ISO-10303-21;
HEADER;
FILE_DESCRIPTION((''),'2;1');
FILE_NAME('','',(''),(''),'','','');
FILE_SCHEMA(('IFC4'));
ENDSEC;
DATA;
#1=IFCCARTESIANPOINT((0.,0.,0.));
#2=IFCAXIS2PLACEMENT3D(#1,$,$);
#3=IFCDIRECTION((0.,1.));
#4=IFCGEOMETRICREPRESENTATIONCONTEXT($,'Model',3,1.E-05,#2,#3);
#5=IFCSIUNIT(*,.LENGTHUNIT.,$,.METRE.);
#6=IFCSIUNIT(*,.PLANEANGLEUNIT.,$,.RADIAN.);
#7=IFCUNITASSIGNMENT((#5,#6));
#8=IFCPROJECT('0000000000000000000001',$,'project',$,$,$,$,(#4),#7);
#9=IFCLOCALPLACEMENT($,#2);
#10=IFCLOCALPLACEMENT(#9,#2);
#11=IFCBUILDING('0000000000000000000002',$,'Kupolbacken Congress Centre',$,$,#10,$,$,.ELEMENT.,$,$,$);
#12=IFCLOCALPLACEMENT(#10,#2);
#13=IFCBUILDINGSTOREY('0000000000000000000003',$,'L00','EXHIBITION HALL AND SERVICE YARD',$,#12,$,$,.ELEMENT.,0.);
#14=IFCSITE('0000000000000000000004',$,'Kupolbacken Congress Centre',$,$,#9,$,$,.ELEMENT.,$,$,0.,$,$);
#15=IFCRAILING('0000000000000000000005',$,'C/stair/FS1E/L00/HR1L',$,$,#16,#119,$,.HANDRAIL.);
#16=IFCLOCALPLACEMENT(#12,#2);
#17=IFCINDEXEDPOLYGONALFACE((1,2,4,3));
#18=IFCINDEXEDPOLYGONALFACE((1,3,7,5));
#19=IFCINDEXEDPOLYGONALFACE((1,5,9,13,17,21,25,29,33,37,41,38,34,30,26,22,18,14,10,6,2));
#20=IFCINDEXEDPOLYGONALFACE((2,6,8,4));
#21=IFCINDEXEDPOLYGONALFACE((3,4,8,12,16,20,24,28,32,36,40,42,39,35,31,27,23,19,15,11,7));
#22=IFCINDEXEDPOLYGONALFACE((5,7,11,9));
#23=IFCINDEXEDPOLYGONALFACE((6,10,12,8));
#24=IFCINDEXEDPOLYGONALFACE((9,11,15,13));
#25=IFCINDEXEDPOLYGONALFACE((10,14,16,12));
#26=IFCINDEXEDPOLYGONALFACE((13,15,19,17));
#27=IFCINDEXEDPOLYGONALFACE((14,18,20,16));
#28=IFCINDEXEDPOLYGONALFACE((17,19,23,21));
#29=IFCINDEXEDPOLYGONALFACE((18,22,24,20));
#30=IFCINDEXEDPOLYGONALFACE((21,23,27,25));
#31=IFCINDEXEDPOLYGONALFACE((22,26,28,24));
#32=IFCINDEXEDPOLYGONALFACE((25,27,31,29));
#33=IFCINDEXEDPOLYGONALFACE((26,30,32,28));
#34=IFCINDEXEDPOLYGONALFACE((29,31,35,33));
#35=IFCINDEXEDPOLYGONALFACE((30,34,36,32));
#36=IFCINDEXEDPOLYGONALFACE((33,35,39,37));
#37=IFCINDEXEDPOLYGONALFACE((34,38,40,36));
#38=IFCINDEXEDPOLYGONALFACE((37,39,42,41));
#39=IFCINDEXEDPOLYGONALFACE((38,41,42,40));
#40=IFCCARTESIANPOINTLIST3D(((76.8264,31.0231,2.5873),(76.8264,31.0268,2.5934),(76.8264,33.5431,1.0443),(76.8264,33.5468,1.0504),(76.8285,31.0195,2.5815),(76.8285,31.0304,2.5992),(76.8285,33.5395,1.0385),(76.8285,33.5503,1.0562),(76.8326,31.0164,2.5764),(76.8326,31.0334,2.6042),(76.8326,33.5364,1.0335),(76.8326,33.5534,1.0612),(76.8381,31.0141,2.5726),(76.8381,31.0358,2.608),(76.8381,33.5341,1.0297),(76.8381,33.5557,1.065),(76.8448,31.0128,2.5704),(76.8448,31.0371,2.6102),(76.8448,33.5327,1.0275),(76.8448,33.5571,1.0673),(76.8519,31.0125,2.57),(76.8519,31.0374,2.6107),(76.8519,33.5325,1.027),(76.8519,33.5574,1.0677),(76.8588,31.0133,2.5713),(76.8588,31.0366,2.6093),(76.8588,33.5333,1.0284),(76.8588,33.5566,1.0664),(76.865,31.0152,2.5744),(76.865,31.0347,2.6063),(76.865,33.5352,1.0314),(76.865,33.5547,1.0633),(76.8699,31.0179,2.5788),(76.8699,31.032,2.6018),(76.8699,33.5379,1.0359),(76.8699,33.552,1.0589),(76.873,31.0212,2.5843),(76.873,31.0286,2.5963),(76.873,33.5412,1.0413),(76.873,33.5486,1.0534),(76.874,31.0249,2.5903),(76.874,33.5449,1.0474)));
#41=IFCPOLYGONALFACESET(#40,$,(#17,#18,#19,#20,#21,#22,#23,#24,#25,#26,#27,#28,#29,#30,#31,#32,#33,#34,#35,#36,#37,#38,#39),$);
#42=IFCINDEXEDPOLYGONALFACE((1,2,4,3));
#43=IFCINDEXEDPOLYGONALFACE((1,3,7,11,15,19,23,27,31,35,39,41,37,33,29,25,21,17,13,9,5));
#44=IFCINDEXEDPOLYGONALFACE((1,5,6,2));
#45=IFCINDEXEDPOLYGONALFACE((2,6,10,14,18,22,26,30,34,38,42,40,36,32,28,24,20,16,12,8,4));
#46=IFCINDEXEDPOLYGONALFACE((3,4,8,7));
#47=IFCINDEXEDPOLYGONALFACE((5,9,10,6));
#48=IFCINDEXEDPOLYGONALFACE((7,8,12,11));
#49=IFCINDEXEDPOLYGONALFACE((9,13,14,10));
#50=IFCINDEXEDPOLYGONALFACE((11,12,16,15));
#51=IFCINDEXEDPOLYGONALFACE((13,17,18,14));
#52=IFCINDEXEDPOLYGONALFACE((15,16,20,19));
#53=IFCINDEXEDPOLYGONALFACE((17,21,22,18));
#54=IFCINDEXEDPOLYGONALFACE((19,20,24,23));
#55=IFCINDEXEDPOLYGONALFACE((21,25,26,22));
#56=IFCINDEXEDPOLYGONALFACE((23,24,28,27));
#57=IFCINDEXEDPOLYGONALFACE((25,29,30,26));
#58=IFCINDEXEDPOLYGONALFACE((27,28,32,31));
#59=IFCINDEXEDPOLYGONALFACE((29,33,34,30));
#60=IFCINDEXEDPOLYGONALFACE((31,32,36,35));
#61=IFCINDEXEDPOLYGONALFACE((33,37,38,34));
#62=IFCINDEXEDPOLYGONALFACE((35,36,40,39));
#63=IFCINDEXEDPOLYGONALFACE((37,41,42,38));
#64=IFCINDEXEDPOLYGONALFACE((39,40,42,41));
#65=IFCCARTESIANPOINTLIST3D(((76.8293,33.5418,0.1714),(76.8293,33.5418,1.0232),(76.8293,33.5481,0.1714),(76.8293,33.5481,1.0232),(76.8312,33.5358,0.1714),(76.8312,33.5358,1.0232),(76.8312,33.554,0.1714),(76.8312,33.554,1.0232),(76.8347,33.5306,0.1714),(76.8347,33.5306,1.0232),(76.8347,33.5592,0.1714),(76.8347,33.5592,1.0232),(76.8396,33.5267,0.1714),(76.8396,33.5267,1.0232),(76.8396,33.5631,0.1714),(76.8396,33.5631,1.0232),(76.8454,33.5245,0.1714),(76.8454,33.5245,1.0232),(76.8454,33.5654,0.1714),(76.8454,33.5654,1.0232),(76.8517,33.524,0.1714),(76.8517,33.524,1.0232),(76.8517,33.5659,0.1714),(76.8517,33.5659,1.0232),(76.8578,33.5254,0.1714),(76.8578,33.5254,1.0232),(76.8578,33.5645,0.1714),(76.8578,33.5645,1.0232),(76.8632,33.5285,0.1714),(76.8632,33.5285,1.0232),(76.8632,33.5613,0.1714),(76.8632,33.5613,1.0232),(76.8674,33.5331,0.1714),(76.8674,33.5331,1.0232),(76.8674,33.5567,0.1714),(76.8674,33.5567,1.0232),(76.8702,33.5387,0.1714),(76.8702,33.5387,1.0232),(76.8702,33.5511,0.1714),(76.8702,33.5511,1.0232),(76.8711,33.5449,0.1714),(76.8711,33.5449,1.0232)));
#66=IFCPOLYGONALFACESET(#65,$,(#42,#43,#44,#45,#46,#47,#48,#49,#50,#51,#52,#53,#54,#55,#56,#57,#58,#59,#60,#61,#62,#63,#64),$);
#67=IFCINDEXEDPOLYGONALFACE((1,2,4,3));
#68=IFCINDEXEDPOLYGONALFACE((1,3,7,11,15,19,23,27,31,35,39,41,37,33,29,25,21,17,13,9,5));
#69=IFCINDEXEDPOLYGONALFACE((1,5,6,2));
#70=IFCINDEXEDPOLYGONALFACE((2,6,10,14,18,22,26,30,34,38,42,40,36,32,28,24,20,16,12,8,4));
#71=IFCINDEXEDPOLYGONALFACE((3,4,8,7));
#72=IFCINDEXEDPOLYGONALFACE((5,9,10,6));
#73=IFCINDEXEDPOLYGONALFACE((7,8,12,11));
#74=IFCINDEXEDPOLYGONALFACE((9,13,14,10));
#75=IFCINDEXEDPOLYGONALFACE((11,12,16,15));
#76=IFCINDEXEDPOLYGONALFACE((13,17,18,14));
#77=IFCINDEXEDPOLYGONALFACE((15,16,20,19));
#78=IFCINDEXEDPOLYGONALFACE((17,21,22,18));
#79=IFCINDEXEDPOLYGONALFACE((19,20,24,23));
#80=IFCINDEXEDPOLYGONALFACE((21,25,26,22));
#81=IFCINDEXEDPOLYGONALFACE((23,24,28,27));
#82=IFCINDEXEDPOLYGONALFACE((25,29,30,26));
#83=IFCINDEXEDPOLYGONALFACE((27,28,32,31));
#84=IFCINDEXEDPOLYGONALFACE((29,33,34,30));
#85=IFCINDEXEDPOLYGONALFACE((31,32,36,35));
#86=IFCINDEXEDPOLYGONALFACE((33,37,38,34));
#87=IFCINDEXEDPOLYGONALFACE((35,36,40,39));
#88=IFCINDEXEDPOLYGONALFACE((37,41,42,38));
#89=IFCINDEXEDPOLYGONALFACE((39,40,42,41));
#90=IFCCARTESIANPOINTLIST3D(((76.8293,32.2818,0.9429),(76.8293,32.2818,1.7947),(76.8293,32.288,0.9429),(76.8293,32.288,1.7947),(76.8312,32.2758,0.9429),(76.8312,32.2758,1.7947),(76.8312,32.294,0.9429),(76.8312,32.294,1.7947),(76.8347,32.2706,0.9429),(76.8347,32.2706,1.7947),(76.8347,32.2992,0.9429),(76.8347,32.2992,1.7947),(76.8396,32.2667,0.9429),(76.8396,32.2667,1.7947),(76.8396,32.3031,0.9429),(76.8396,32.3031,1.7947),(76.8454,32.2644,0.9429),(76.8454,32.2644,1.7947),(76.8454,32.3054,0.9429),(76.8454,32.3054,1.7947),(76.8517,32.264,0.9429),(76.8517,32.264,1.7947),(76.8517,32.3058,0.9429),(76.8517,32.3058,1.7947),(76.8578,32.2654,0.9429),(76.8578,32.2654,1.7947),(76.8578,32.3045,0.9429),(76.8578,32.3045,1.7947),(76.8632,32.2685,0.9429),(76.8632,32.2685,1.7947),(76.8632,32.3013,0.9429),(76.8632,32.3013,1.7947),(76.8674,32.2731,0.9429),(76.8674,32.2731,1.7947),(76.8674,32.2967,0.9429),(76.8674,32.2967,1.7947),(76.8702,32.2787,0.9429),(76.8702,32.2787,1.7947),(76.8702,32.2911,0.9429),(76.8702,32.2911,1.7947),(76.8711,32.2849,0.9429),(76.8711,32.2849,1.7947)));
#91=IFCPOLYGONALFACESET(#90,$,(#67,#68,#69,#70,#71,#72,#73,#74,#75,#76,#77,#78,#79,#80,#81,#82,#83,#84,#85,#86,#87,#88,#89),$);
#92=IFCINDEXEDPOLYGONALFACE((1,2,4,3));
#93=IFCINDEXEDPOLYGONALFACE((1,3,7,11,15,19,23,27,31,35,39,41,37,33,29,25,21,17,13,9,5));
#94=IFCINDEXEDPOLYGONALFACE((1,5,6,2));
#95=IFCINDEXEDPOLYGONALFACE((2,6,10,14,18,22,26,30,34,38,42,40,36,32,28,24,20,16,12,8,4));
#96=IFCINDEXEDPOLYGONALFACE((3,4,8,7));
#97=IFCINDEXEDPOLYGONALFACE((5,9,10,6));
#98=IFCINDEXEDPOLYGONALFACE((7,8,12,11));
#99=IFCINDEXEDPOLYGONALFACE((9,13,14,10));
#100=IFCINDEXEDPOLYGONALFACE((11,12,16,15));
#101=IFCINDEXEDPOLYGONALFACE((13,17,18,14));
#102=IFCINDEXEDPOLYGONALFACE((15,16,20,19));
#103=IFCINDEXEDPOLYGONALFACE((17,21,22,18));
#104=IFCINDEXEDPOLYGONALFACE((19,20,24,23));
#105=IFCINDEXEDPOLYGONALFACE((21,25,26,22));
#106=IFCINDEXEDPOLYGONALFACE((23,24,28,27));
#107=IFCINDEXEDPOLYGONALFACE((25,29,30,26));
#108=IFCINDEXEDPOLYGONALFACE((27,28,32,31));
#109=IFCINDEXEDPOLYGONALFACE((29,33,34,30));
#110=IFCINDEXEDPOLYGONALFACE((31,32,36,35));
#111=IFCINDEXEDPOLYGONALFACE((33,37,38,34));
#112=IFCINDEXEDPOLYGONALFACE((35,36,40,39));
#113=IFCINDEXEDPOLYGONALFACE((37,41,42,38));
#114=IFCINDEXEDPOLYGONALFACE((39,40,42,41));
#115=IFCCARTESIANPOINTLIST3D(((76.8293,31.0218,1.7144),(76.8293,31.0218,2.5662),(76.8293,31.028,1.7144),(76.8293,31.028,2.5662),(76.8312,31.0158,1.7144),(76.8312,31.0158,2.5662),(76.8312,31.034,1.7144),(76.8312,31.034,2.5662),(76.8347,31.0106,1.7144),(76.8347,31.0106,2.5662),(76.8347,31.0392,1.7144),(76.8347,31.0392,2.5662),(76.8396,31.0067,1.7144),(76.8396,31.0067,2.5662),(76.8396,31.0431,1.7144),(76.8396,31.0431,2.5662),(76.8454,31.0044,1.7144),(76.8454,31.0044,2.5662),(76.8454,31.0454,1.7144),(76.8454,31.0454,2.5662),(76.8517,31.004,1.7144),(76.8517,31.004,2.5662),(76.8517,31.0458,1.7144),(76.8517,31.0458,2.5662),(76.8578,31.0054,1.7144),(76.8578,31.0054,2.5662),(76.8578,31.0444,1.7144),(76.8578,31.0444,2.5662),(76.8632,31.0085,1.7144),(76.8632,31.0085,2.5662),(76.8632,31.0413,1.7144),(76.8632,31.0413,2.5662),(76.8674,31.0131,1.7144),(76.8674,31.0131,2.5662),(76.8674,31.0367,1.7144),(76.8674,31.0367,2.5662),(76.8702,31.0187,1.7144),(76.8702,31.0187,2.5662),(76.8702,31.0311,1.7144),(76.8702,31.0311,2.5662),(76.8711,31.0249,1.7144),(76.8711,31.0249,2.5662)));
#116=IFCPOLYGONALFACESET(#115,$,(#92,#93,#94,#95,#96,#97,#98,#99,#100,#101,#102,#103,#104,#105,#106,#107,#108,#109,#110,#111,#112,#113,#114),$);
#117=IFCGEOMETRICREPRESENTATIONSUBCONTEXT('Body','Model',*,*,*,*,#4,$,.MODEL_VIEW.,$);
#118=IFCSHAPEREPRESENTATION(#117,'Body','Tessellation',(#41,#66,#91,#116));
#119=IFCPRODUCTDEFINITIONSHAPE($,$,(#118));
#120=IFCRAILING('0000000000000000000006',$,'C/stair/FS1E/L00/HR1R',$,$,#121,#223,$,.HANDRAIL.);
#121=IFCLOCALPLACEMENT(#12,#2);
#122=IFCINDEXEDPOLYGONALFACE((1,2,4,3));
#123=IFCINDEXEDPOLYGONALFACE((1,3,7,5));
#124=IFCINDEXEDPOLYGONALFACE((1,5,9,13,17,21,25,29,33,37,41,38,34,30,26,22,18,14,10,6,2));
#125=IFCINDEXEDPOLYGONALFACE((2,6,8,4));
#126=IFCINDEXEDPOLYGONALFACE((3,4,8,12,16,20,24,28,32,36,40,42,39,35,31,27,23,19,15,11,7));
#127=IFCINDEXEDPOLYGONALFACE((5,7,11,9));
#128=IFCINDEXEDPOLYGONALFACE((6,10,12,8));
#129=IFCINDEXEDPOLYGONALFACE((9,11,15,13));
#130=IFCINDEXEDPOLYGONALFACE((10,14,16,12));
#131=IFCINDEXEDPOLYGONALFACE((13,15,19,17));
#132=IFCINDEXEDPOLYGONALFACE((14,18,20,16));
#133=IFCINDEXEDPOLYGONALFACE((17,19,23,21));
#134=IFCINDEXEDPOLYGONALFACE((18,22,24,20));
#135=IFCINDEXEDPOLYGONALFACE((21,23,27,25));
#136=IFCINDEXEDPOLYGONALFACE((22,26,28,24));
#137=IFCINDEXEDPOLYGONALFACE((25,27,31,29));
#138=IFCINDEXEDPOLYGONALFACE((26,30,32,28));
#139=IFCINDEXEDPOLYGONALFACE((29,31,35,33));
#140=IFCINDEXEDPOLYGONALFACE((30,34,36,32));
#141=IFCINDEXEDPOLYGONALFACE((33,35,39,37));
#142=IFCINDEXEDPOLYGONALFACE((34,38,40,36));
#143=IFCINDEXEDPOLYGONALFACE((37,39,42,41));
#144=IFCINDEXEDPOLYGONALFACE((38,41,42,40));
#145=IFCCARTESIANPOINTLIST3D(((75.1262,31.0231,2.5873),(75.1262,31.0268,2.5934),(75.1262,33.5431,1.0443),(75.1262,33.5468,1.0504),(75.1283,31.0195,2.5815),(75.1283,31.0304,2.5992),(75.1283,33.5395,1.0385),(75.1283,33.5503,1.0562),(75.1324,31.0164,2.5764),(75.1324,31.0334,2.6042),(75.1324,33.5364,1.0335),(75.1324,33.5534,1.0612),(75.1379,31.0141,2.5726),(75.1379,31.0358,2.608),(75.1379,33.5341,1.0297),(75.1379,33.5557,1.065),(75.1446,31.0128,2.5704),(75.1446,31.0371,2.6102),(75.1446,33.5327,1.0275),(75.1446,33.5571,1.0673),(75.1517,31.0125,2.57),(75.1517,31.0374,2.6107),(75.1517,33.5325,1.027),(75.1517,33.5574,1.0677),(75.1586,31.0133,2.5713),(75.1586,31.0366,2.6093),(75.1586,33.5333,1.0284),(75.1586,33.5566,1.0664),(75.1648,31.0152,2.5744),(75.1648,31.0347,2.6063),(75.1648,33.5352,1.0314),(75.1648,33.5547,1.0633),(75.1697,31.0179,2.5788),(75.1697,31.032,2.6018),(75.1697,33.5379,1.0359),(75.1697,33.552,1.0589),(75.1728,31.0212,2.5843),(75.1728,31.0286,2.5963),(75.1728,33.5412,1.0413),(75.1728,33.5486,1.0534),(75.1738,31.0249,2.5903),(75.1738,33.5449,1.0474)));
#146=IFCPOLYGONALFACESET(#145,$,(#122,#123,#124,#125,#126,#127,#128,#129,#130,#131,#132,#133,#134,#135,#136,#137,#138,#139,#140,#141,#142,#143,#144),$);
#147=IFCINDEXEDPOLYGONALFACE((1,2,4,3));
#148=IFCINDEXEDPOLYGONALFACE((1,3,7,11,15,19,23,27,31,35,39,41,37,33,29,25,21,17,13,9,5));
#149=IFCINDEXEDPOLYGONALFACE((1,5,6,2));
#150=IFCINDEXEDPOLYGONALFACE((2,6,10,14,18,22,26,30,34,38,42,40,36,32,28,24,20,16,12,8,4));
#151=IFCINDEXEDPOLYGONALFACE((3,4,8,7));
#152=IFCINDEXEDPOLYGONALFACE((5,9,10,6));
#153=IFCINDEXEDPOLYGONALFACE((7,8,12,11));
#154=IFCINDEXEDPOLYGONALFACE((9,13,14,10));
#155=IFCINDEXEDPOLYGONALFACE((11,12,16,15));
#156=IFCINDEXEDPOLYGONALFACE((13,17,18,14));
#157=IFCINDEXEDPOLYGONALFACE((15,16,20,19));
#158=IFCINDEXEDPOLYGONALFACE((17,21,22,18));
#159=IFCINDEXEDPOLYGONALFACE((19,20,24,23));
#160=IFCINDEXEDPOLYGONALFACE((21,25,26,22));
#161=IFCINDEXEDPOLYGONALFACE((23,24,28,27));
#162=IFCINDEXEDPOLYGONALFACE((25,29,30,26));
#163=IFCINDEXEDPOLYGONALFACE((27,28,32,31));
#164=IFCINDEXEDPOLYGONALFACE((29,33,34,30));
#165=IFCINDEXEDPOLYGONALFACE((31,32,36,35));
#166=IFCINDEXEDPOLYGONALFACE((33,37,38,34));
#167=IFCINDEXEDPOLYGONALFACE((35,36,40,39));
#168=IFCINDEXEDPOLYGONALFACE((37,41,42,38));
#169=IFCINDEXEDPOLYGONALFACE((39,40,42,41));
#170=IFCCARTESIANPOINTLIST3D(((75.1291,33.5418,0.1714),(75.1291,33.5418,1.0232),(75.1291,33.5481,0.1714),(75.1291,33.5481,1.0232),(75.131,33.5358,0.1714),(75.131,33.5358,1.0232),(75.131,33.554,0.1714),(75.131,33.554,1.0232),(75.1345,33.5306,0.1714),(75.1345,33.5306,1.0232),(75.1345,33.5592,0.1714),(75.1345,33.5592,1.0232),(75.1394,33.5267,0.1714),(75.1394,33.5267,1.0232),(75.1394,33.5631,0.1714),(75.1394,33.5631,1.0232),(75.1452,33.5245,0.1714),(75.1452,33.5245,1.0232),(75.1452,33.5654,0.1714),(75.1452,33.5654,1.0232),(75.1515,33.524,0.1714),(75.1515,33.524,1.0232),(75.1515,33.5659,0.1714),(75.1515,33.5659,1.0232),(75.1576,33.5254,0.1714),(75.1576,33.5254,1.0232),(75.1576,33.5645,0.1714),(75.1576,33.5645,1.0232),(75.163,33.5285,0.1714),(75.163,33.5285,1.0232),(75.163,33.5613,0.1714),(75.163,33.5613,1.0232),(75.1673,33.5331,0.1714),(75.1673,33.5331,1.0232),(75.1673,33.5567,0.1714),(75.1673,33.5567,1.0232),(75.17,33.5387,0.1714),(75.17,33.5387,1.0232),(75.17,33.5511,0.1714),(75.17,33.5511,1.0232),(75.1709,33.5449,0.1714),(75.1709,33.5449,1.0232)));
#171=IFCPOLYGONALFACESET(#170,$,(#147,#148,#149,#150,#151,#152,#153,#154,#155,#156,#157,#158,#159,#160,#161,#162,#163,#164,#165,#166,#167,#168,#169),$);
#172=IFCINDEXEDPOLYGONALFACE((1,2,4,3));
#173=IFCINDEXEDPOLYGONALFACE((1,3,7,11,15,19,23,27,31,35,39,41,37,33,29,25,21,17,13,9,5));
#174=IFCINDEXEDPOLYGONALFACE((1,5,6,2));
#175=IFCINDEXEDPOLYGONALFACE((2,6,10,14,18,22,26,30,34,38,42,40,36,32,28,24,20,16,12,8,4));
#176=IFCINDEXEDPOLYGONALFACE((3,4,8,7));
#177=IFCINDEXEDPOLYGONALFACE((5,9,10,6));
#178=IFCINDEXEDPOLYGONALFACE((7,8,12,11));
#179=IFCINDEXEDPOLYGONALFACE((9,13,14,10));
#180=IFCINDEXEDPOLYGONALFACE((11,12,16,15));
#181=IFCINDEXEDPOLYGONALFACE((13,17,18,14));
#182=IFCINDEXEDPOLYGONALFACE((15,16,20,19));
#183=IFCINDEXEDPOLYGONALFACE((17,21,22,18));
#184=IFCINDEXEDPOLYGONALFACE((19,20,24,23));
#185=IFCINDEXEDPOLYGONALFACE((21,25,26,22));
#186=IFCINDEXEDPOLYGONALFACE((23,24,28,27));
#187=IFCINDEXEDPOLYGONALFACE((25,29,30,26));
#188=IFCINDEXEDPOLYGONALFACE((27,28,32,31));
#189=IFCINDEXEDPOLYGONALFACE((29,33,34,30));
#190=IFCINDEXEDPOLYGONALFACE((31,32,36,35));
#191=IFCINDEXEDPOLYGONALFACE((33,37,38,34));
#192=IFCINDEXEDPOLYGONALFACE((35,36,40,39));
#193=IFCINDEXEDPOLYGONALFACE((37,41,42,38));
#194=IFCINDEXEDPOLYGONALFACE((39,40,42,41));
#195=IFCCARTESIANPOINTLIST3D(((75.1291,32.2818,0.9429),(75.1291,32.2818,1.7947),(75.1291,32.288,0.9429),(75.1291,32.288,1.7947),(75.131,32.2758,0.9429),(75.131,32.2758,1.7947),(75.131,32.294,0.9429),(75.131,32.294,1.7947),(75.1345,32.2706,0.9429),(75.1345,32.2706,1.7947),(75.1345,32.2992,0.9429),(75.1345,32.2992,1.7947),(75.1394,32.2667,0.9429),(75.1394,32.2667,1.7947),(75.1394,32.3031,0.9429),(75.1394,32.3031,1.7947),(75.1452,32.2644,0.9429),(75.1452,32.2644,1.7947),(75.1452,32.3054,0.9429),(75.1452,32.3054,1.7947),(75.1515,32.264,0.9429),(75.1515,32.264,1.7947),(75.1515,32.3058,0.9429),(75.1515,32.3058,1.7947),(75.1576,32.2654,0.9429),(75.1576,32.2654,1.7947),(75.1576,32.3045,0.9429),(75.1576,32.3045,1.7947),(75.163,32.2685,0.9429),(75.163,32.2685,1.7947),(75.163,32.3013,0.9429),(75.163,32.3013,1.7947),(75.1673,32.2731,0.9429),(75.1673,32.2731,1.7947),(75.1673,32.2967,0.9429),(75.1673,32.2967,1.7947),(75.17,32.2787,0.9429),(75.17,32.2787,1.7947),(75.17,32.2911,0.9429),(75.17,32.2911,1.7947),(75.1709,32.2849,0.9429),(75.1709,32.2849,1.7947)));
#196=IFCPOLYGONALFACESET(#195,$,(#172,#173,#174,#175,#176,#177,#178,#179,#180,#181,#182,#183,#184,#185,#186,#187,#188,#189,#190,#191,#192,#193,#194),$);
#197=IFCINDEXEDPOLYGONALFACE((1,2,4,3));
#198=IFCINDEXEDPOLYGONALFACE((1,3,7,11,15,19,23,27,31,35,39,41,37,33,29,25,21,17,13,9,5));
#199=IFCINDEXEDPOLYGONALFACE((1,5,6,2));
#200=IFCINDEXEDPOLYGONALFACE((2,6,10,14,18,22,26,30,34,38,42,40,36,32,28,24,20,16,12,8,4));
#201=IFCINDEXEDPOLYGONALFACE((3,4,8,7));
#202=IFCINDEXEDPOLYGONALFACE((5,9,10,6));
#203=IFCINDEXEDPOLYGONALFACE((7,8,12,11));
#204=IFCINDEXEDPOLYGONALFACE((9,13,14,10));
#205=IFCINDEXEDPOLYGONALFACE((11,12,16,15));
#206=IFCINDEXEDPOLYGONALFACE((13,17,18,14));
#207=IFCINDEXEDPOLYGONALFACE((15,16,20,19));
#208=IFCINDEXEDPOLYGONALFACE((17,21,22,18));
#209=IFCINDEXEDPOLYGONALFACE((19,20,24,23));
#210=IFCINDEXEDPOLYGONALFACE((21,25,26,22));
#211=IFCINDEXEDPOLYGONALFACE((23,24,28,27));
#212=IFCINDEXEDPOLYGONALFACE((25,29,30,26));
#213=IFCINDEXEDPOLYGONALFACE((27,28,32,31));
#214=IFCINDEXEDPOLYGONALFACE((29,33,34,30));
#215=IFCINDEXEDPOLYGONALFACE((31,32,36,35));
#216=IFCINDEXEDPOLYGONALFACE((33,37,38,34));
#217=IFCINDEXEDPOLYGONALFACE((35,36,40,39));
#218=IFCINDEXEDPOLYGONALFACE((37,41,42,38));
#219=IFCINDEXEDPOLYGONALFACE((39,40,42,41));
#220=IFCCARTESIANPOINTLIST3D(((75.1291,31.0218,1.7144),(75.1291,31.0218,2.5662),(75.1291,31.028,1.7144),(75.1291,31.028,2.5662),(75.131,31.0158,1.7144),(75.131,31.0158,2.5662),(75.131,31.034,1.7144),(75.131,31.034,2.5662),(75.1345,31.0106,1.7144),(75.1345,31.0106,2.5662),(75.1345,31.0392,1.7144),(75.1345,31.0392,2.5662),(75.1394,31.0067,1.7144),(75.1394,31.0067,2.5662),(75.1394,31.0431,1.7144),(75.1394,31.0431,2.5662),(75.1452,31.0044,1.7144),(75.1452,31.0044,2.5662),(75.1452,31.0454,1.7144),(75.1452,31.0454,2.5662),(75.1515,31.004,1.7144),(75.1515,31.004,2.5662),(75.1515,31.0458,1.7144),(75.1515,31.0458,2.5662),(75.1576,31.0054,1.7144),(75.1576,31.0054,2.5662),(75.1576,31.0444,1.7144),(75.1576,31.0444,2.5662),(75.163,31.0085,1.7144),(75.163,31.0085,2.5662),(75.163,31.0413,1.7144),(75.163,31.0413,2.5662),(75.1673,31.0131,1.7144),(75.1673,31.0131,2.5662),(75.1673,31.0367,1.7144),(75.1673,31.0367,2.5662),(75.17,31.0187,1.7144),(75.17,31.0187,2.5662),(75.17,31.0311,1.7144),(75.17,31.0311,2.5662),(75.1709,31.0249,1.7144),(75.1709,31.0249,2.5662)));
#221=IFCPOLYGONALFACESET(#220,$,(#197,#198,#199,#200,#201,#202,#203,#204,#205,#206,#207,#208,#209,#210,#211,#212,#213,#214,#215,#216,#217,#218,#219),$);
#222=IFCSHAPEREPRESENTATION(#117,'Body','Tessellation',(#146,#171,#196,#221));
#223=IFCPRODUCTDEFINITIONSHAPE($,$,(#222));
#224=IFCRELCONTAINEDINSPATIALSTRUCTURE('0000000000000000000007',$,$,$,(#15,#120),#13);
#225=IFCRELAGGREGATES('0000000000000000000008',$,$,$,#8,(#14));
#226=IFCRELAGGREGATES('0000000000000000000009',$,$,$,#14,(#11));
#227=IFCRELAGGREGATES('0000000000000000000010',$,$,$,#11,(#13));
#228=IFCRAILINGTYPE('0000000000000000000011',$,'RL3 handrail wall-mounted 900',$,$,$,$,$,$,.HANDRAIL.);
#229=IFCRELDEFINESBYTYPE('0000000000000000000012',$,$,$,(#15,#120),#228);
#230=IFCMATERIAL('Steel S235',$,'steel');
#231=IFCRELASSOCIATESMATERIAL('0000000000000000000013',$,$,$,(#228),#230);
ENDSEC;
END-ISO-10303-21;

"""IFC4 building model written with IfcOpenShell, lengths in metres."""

from ifc_helpers import new_model, si_unit, direction, frame, origin, origin_2d, place, context, subcontext, project, spatial, circle, extrude, material, type_object, element, save


model = new_model("IFC4")

# Units and contexts
model_context = context("Model", 3, precision=1e-05, world=origin(), true_north=direction((0.0, 1.0)))
body_context = subcontext(model_context, "Body", "Model", "MODEL_VIEW")
ifc_project = project(units=[si_unit("LENGTHUNIT", "METRE"), si_unit("PLANEANGLEUNIT", "RADIAN")], contexts=[model_context])

# Site, building, storey
site_placement = place(None, origin())
site = spatial("IfcSite", under=ifc_project, at=site_placement, Name="Kupolbacken Congress Centre", CompositionType="ELEMENT", RefElevation=0.0)
building_placement = place(site_placement, origin())
building = spatial("IfcBuilding", under=site, at=building_placement, Name="Kupolbacken Congress Centre", CompositionType="ELEMENT")
storey_placement = place(building_placement, origin())
storey = spatial("IfcBuildingStorey", under=building, at=storey_placement, Name="L00", Description="EXHIBITION HALL AND SERVICE YARD", CompositionType="ELEMENT", Elevation=0.0)

# Railings
ifc_material_1 = material(Name="Steel S235", Category="steel")
railing_type = type_object("IfcRailingType", Name="RL3 handrail wall-mounted 900", PredefinedType="HANDRAIL", material=ifc_material_1)
for number, where, name in (
    (1, (76.8501, 33.5449, 0.1714), "C/stair/FS1E/L00/HR1L"),
    (2, (75.1499, 33.5449, 0.1714), "C/stair/FS1E/L00/HR1R"),
):
    element("IfcRailing", number, at=place(storey_placement, frame(where)), inside=storey, type_object=railing_type, Name=name, PredefinedType="HANDRAIL", context=body_context, shape_type="SweptSolid", body=[
        extrude(circle(Radius=0.0239, at=origin_2d()), frame((0.0, 0.0, 0.876), z_axis=(0.0, -0.852836, 0.522178), x_axis=(1.0, 0.0, 0.0)), (0.0, 0.0, 1.0), 2.9548),
        extrude(circle(Radius=0.021, at=origin_2d()), origin(), (0.0, 0.0, 1.0), 0.8518),
        extrude(circle(Radius=0.021, at=origin_2d()), frame((0.0, -1.26, 0.7715)), (0.0, 0.0, 1.0), 0.8518),
        extrude(circle(Radius=0.021, at=origin_2d()), frame((0.0, -2.52, 1.543)), (0.0, 0.0, 1.0), 0.8518),
    ])

save(model, "model.ifc")
